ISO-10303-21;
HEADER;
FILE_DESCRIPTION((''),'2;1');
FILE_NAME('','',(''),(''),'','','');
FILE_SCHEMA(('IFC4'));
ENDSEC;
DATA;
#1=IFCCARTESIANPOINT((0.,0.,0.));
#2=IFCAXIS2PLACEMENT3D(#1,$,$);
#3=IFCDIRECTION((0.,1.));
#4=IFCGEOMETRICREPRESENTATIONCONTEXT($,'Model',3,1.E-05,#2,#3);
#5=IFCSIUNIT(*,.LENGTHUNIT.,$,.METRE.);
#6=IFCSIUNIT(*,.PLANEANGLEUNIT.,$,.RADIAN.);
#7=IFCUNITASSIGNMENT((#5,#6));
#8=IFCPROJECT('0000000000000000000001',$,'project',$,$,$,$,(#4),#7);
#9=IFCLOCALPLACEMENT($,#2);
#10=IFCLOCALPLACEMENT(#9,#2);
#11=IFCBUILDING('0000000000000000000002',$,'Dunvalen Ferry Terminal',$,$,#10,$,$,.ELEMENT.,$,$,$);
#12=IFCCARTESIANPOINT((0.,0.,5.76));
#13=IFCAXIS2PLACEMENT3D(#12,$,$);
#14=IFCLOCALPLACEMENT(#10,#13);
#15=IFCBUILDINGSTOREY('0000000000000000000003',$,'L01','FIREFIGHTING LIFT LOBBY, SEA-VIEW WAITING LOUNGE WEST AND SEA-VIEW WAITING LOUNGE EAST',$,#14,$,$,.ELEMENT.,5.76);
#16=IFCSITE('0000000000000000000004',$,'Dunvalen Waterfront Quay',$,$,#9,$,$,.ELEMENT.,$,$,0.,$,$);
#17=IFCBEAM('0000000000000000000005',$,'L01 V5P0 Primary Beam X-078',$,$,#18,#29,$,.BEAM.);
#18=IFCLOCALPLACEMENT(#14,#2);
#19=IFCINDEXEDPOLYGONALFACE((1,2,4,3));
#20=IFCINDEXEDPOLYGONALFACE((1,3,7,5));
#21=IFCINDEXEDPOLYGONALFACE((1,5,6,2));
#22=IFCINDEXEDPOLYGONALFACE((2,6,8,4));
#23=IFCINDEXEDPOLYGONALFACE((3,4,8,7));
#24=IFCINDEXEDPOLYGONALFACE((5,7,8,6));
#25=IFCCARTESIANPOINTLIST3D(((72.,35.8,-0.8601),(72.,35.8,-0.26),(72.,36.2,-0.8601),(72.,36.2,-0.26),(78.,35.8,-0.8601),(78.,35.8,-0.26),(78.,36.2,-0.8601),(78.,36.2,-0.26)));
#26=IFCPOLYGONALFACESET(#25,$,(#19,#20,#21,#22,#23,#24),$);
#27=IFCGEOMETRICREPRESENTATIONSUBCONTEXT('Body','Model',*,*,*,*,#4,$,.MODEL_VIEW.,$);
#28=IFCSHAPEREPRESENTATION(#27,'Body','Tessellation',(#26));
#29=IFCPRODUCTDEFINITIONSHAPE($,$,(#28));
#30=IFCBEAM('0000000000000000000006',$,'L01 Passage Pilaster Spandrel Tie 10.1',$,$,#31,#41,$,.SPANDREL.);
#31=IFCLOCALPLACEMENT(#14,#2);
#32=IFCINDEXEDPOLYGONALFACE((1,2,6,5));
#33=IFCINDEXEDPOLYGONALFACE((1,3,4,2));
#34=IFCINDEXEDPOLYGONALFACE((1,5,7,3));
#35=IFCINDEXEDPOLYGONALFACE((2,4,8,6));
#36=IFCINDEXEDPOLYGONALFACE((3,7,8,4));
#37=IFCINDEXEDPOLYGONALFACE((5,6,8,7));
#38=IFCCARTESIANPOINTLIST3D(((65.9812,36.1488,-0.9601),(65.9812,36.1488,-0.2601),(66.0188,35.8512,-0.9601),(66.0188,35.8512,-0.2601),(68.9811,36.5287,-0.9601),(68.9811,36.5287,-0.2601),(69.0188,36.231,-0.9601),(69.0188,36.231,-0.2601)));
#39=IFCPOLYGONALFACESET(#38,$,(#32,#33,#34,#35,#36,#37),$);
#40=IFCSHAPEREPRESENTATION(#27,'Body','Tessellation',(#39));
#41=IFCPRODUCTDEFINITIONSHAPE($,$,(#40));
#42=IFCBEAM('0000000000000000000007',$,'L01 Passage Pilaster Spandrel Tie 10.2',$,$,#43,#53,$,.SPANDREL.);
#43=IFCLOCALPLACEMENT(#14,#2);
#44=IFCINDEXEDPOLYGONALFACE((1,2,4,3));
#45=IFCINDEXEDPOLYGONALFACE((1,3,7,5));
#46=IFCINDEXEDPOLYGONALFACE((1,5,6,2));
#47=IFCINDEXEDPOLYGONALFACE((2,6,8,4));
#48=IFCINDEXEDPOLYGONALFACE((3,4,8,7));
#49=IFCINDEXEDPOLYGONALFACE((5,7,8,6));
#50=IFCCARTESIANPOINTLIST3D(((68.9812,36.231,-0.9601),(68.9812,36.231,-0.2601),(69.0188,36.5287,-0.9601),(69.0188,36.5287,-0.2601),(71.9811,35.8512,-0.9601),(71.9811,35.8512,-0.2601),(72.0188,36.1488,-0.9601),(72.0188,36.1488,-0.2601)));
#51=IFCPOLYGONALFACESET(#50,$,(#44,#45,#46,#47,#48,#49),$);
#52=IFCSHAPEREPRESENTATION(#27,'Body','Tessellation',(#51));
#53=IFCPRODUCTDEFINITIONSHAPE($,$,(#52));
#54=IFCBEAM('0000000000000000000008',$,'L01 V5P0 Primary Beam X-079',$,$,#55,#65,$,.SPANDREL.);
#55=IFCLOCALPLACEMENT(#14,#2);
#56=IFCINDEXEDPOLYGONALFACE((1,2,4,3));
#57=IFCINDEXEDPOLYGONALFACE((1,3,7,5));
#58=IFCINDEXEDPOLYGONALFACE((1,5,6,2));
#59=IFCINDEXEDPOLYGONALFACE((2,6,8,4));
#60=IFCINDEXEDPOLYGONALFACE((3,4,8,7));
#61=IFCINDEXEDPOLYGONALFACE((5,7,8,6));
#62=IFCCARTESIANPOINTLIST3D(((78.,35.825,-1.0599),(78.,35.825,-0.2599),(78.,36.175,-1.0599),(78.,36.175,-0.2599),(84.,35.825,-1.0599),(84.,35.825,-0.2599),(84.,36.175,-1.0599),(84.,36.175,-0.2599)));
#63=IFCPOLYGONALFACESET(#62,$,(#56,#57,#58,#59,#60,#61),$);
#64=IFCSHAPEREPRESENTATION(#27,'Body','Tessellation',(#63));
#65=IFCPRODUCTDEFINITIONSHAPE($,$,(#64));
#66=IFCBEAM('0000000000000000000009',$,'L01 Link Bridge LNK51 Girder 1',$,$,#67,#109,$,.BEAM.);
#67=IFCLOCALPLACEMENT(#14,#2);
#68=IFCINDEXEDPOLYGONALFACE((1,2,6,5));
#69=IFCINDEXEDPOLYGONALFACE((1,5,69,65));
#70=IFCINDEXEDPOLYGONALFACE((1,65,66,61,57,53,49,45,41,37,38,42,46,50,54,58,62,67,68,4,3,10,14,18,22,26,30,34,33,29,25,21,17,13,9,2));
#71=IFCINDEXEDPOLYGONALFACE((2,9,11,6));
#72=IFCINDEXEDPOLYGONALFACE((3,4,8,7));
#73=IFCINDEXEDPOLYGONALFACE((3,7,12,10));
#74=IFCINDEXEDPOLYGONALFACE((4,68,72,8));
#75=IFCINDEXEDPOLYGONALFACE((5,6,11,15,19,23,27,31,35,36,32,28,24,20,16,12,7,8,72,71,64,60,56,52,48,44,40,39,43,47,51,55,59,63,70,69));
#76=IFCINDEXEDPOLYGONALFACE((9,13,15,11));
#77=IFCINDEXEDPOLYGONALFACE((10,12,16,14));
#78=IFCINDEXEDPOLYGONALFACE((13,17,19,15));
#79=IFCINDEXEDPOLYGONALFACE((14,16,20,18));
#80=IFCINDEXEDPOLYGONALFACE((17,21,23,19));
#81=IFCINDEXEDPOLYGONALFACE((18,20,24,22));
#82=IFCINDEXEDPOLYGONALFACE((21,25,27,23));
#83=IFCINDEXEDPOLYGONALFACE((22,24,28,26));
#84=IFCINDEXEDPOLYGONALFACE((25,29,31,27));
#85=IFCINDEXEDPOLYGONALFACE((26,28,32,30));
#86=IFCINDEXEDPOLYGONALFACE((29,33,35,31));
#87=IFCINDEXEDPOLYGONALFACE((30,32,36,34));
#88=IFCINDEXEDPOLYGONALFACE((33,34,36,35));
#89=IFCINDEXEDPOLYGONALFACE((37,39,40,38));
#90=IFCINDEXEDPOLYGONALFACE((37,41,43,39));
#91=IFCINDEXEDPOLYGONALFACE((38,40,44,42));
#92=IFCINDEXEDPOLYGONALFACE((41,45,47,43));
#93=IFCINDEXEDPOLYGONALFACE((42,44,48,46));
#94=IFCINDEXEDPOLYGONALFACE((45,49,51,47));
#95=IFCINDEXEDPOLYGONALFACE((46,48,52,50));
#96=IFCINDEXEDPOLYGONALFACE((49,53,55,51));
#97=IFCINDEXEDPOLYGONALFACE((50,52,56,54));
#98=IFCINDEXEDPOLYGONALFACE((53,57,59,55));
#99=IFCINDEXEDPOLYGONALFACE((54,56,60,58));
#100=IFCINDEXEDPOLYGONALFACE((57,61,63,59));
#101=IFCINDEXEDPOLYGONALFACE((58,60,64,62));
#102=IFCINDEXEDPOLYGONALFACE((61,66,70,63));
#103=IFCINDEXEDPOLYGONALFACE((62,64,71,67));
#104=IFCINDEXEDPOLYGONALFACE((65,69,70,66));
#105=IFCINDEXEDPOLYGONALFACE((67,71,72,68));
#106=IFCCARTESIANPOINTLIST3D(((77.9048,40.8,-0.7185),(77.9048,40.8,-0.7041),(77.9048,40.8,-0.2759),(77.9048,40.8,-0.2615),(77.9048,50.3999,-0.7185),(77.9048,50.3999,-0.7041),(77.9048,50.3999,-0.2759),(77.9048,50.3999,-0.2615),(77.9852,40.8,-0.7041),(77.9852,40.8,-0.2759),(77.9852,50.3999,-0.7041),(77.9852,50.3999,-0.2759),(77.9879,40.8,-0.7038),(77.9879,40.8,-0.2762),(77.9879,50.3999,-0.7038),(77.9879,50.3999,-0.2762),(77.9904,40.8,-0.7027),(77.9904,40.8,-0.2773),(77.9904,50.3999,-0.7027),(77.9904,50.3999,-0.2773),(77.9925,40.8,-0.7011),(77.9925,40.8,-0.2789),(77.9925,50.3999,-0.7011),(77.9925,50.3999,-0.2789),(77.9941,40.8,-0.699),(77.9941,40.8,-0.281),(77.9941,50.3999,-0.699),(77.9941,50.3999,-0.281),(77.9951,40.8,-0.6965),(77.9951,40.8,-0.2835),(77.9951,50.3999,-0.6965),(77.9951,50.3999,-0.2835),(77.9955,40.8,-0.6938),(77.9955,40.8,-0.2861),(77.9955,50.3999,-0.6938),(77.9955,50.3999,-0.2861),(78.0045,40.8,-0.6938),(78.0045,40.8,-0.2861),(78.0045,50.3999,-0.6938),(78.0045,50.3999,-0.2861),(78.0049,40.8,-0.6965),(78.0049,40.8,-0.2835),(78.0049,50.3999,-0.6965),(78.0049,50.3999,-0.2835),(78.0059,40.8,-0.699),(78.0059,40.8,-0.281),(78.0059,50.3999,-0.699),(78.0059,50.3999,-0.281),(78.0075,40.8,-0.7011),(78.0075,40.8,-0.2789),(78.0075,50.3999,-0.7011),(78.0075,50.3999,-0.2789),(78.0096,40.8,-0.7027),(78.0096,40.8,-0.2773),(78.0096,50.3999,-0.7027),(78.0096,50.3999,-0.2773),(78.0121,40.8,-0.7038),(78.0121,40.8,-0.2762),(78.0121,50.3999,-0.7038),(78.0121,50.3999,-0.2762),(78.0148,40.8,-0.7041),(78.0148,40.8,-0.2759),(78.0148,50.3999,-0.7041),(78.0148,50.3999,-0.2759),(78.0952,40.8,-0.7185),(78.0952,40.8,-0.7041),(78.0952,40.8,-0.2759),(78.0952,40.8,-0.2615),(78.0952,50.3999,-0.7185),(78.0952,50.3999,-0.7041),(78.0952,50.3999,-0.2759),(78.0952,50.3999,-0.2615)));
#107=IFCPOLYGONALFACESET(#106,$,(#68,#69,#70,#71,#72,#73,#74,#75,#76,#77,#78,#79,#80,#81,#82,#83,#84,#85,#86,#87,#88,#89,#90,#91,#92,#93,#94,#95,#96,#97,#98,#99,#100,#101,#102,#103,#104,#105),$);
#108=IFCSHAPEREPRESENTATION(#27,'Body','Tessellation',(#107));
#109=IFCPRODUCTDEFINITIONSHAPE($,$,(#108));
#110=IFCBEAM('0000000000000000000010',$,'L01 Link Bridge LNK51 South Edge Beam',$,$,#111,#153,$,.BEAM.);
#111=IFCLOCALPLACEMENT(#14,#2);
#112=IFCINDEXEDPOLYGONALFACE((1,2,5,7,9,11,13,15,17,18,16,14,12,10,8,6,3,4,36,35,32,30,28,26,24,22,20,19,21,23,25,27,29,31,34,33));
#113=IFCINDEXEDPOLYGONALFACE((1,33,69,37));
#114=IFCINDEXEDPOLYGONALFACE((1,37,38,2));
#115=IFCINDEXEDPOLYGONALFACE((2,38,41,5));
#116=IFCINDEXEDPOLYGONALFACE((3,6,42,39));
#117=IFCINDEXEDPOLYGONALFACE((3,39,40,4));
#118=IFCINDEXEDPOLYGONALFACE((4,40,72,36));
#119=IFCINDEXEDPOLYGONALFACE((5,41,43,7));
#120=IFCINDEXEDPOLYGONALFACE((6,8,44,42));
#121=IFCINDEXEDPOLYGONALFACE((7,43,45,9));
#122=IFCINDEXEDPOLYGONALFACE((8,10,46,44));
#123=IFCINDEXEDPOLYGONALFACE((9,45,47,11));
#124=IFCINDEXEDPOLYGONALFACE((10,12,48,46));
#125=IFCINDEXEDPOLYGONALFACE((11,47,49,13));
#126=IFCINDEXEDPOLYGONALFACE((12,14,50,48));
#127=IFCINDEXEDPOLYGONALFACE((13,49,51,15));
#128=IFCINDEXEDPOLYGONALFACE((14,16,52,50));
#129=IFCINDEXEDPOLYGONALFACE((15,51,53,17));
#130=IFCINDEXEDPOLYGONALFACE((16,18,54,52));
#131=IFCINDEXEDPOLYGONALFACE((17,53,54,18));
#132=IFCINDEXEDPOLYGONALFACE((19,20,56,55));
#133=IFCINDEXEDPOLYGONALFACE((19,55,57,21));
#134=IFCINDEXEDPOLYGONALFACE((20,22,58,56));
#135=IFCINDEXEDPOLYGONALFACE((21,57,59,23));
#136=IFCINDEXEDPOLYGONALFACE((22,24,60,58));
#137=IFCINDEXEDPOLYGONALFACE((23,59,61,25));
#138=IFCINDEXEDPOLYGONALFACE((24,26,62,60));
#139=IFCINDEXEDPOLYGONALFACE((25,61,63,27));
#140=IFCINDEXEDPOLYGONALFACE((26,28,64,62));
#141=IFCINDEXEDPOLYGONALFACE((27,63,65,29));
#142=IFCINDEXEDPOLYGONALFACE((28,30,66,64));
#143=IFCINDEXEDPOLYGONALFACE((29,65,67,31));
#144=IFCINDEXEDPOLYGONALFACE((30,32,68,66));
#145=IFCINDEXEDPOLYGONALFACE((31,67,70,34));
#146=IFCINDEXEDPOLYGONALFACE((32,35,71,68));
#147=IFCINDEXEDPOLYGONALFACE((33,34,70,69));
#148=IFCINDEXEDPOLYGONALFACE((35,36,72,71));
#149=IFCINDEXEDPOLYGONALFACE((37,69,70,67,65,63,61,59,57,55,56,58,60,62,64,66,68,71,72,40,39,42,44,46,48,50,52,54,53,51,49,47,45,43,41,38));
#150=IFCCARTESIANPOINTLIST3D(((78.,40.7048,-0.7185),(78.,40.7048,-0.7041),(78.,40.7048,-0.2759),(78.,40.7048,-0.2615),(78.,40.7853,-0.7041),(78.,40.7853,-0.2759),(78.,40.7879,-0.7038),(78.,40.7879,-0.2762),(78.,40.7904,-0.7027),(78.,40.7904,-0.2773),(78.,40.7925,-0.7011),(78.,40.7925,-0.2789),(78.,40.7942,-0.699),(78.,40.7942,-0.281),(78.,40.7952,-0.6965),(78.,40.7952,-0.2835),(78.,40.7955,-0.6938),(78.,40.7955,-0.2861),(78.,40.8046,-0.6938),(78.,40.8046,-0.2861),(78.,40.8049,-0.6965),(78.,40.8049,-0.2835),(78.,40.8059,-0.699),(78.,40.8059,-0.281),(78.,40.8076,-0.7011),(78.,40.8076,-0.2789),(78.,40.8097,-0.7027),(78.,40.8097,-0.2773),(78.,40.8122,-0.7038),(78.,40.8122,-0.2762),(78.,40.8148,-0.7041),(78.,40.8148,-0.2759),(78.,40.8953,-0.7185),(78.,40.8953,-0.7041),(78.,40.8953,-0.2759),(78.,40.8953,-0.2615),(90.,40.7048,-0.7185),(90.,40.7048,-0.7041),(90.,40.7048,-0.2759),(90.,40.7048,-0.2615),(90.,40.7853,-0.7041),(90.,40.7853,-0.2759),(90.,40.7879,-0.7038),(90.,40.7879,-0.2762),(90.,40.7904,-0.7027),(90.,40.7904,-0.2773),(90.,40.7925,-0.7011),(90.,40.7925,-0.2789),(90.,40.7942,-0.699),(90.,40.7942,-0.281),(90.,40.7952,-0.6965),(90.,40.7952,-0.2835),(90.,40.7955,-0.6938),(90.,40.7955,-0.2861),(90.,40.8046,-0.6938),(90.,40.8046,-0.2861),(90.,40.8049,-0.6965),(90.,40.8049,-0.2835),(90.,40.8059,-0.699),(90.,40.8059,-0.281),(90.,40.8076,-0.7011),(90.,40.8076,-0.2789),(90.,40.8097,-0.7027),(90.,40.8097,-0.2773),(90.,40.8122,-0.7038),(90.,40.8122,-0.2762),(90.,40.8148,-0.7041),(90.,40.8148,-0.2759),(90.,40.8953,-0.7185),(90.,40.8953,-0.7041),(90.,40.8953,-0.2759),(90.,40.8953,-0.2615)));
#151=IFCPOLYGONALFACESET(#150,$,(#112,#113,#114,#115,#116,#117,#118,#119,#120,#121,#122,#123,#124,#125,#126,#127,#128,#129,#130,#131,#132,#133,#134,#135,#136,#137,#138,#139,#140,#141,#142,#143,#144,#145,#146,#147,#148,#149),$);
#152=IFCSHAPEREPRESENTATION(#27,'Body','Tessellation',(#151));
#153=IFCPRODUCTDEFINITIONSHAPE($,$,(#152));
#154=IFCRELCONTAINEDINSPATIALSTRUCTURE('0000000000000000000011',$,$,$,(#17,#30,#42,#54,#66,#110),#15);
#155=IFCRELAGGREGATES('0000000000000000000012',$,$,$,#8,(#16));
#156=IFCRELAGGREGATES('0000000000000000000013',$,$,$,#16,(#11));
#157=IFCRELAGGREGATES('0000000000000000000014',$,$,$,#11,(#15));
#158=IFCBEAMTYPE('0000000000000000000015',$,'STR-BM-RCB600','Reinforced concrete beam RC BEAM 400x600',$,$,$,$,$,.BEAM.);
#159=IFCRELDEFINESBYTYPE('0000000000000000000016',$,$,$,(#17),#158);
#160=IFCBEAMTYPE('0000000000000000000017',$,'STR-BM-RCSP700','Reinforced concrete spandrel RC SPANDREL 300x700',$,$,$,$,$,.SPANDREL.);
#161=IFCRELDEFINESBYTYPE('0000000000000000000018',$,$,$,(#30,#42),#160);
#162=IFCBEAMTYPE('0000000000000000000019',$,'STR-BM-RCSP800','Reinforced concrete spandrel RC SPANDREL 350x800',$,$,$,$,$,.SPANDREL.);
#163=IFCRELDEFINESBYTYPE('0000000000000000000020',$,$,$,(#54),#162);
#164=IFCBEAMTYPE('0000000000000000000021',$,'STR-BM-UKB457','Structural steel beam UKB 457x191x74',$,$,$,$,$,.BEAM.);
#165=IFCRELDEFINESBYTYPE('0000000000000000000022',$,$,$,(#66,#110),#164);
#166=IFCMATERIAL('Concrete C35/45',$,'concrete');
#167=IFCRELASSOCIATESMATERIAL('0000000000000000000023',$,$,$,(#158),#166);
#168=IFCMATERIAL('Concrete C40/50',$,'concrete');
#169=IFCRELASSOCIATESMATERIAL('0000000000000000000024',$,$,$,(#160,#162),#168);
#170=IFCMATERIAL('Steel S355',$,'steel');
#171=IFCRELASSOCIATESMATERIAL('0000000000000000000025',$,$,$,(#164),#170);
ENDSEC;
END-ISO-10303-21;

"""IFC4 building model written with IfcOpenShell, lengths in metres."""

from ifc_helpers import new_model, si_unit, direction, frame, origin, origin_2d, place, context, subcontext, project, spatial, rectangle, i_section, extrude, material, material_profile, profile_set, type_object, element, save


model = new_model("IFC4")

# Units and contexts
model_context = context("Model", 3, precision=1e-05, world=origin(), true_north=direction((0.0, 1.0)))
body_context = subcontext(model_context, "Body", "Model", "MODEL_VIEW")
ifc_project = project(units=[si_unit("LENGTHUNIT", "METRE"), si_unit("PLANEANGLEUNIT", "RADIAN")], contexts=[model_context])

# Site, building, storey
site_placement = place(None, origin())
site = spatial("IfcSite", under=ifc_project, at=site_placement, Name="Dunvalen Waterfront Quay", CompositionType="ELEMENT", RefElevation=0.0)
building_placement = place(site_placement, origin())
building = spatial("IfcBuilding", under=site, at=building_placement, Name="Dunvalen Ferry Terminal", CompositionType="ELEMENT")
storey_placement = place(building_placement, frame((0.0, 0.0, 5.76)))
storey = spatial("IfcBuildingStorey", under=building, at=storey_placement, Name="L01", Description="FIREFIGHTING LIFT LOBBY, SEA-VIEW WAITING LOUNGE WEST AND SEA-VIEW WAITING LOUNGE EAST", CompositionType="ELEMENT", Elevation=5.76)

# Shared definitions
ifc_material_1 = material(Name="Concrete C40/50", Category="concrete")
ifc_material_2 = material(Name="Steel S355", Category="steel")

# Beams
ifc_material_3 = material(Name="Concrete C35/45", Category="concrete")
ifc_material_profile_1 = material_profile(ifc_material_3, rectangle(XDim=0.3999, YDim=0.6001, at=origin_2d()), Name="Concrete C35/45")
ifc_profile_set_1 = profile_set([ifc_material_profile_1], Name="Concrete C35/45")
beam_type_1 = type_object("IfcBeamType", Name="STR-BM-RCB600", Description="Reinforced concrete beam RC BEAM 400x600", PredefinedType="BEAM", material=ifc_profile_set_1)
beam_1_placement = place(storey_placement, frame((72.0, 36.0, -0.5601), z_axis=(1.0, 0.0, 0.0), x_axis=(0.0, 1.0, 0.0)))
element("IfcBeam", 1, at=beam_1_placement, inside=storey, type_object=beam_type_1, Name="L01 V5P0 Primary Beam X-078", PredefinedType="BEAM", context=body_context, shape_type="SweptSolid", body=[
    extrude(rectangle(XDim=0.3999, YDim=0.6001, at=origin_2d()), origin(), (0.0, 0.0, 1.0), 6.0),
])
ifc_material_profile_2 = material_profile(ifc_material_1, rectangle(XDim=0.3, YDim=0.7, at=origin_2d()), Name="Concrete C40/50")
ifc_profile_set_2 = profile_set([ifc_material_profile_2], Name="Concrete C40/50")
beam_type_2 = type_object("IfcBeamType", Name="STR-BM-RCSP700", Description="Reinforced concrete spandrel RC SPANDREL 300x700", PredefinedType="SPANDREL", material=ifc_profile_set_2)
for number, where, z_axis, x_axis, name in (
    (2, (66.0, 36.0, -0.6101), (0.992078, 0.125624, 0.0), (-0.125624, 0.992078, 0.0), "L01 Passage Pilaster Spandrel Tie 10.1"),
    (3, (69.0, 36.3799, -0.6101), (0.992078, -0.125624, 0.0), (0.125624, 0.992078, 0.0), "L01 Passage Pilaster Spandrel Tie 10.2"),
):
    element("IfcBeam", number, at=place(storey_placement, frame(where, z_axis=z_axis, x_axis=x_axis)), inside=storey, type_object=beam_type_2, Name=name, PredefinedType="SPANDREL", context=body_context, shape_type="SweptSolid", body=[
        extrude(rectangle(XDim=0.3, YDim=0.7, at=origin_2d()), origin(), (0.0, 0.0, 1.0), 3.0239),
    ])
ifc_material_profile_3 = material_profile(ifc_material_1, rectangle(XDim=0.3501, YDim=0.8, at=origin_2d()), Name="Concrete C40/50")
ifc_profile_set_3 = profile_set([ifc_material_profile_3], Name="Concrete C40/50")
beam_type_3 = type_object("IfcBeamType", Name="STR-BM-RCSP800", Description="Reinforced concrete spandrel RC SPANDREL 350x800", PredefinedType="SPANDREL", material=ifc_profile_set_3)
beam_2_placement = place(storey_placement, frame((78.0, 36.0, -0.6599), z_axis=(1.0, 0.0, 0.0), x_axis=(0.0, 1.0, 0.0)))
element("IfcBeam", 4, at=beam_2_placement, inside=storey, type_object=beam_type_3, Name="L01 V5P0 Primary Beam X-079", PredefinedType="SPANDREL", context=body_context, shape_type="SweptSolid", body=[
    extrude(rectangle(XDim=0.3501, YDim=0.8, at=origin_2d()), origin(), (0.0, 0.0, 1.0), 6.0),
])
ifc_material_profile_4 = material_profile(ifc_material_2, i_section(OverallWidth=0.1904, OverallDepth=0.457, WebThickness=0.009, FlangeThickness=0.0144, FilletRadius=0.0103, at=origin_2d()), Name="Steel S355")
ifc_profile_set_4 = profile_set([ifc_material_profile_4], Name="Steel S355")
beam_type_4 = type_object("IfcBeamType", Name="STR-BM-UKB457", Description="Structural steel beam UKB 457x191x74", PredefinedType="BEAM", material=ifc_profile_set_4)
beam_3_placement = place(storey_placement, frame((78.0, 40.8, -0.49), z_axis=(0.0, 1.0, 0.0), x_axis=(-1.0, 0.0, 0.0)))
element("IfcBeam", 5, at=beam_3_placement, inside=storey, type_object=beam_type_4, Name="L01 Link Bridge LNK51 Girder 1", PredefinedType="BEAM", context=body_context, shape_type="SweptSolid", body=[
    extrude(i_section(OverallWidth=0.1904, OverallDepth=0.457, WebThickness=0.009, FlangeThickness=0.0144, FilletRadius=0.0103, at=origin_2d()), origin(), (0.0, 0.0, 1.0), 9.5999),
])
beam_4_placement = place(storey_placement, frame((78.0, 40.8, -0.49), z_axis=(1.0, 0.0, 0.0), x_axis=(0.0, 1.0, 0.0)))
element("IfcBeam", 6, at=beam_4_placement, inside=storey, type_object=beam_type_4, Name="L01 Link Bridge LNK51 South Edge Beam", PredefinedType="BEAM", context=body_context, shape_type="SweptSolid", body=[
    extrude(i_section(OverallWidth=0.1904, OverallDepth=0.457, WebThickness=0.009, FlangeThickness=0.0144, FilletRadius=0.0103, at=origin_2d()), origin(), (0.0, 0.0, 1.0), 12.0),
])

save(model, "model.ifc")
